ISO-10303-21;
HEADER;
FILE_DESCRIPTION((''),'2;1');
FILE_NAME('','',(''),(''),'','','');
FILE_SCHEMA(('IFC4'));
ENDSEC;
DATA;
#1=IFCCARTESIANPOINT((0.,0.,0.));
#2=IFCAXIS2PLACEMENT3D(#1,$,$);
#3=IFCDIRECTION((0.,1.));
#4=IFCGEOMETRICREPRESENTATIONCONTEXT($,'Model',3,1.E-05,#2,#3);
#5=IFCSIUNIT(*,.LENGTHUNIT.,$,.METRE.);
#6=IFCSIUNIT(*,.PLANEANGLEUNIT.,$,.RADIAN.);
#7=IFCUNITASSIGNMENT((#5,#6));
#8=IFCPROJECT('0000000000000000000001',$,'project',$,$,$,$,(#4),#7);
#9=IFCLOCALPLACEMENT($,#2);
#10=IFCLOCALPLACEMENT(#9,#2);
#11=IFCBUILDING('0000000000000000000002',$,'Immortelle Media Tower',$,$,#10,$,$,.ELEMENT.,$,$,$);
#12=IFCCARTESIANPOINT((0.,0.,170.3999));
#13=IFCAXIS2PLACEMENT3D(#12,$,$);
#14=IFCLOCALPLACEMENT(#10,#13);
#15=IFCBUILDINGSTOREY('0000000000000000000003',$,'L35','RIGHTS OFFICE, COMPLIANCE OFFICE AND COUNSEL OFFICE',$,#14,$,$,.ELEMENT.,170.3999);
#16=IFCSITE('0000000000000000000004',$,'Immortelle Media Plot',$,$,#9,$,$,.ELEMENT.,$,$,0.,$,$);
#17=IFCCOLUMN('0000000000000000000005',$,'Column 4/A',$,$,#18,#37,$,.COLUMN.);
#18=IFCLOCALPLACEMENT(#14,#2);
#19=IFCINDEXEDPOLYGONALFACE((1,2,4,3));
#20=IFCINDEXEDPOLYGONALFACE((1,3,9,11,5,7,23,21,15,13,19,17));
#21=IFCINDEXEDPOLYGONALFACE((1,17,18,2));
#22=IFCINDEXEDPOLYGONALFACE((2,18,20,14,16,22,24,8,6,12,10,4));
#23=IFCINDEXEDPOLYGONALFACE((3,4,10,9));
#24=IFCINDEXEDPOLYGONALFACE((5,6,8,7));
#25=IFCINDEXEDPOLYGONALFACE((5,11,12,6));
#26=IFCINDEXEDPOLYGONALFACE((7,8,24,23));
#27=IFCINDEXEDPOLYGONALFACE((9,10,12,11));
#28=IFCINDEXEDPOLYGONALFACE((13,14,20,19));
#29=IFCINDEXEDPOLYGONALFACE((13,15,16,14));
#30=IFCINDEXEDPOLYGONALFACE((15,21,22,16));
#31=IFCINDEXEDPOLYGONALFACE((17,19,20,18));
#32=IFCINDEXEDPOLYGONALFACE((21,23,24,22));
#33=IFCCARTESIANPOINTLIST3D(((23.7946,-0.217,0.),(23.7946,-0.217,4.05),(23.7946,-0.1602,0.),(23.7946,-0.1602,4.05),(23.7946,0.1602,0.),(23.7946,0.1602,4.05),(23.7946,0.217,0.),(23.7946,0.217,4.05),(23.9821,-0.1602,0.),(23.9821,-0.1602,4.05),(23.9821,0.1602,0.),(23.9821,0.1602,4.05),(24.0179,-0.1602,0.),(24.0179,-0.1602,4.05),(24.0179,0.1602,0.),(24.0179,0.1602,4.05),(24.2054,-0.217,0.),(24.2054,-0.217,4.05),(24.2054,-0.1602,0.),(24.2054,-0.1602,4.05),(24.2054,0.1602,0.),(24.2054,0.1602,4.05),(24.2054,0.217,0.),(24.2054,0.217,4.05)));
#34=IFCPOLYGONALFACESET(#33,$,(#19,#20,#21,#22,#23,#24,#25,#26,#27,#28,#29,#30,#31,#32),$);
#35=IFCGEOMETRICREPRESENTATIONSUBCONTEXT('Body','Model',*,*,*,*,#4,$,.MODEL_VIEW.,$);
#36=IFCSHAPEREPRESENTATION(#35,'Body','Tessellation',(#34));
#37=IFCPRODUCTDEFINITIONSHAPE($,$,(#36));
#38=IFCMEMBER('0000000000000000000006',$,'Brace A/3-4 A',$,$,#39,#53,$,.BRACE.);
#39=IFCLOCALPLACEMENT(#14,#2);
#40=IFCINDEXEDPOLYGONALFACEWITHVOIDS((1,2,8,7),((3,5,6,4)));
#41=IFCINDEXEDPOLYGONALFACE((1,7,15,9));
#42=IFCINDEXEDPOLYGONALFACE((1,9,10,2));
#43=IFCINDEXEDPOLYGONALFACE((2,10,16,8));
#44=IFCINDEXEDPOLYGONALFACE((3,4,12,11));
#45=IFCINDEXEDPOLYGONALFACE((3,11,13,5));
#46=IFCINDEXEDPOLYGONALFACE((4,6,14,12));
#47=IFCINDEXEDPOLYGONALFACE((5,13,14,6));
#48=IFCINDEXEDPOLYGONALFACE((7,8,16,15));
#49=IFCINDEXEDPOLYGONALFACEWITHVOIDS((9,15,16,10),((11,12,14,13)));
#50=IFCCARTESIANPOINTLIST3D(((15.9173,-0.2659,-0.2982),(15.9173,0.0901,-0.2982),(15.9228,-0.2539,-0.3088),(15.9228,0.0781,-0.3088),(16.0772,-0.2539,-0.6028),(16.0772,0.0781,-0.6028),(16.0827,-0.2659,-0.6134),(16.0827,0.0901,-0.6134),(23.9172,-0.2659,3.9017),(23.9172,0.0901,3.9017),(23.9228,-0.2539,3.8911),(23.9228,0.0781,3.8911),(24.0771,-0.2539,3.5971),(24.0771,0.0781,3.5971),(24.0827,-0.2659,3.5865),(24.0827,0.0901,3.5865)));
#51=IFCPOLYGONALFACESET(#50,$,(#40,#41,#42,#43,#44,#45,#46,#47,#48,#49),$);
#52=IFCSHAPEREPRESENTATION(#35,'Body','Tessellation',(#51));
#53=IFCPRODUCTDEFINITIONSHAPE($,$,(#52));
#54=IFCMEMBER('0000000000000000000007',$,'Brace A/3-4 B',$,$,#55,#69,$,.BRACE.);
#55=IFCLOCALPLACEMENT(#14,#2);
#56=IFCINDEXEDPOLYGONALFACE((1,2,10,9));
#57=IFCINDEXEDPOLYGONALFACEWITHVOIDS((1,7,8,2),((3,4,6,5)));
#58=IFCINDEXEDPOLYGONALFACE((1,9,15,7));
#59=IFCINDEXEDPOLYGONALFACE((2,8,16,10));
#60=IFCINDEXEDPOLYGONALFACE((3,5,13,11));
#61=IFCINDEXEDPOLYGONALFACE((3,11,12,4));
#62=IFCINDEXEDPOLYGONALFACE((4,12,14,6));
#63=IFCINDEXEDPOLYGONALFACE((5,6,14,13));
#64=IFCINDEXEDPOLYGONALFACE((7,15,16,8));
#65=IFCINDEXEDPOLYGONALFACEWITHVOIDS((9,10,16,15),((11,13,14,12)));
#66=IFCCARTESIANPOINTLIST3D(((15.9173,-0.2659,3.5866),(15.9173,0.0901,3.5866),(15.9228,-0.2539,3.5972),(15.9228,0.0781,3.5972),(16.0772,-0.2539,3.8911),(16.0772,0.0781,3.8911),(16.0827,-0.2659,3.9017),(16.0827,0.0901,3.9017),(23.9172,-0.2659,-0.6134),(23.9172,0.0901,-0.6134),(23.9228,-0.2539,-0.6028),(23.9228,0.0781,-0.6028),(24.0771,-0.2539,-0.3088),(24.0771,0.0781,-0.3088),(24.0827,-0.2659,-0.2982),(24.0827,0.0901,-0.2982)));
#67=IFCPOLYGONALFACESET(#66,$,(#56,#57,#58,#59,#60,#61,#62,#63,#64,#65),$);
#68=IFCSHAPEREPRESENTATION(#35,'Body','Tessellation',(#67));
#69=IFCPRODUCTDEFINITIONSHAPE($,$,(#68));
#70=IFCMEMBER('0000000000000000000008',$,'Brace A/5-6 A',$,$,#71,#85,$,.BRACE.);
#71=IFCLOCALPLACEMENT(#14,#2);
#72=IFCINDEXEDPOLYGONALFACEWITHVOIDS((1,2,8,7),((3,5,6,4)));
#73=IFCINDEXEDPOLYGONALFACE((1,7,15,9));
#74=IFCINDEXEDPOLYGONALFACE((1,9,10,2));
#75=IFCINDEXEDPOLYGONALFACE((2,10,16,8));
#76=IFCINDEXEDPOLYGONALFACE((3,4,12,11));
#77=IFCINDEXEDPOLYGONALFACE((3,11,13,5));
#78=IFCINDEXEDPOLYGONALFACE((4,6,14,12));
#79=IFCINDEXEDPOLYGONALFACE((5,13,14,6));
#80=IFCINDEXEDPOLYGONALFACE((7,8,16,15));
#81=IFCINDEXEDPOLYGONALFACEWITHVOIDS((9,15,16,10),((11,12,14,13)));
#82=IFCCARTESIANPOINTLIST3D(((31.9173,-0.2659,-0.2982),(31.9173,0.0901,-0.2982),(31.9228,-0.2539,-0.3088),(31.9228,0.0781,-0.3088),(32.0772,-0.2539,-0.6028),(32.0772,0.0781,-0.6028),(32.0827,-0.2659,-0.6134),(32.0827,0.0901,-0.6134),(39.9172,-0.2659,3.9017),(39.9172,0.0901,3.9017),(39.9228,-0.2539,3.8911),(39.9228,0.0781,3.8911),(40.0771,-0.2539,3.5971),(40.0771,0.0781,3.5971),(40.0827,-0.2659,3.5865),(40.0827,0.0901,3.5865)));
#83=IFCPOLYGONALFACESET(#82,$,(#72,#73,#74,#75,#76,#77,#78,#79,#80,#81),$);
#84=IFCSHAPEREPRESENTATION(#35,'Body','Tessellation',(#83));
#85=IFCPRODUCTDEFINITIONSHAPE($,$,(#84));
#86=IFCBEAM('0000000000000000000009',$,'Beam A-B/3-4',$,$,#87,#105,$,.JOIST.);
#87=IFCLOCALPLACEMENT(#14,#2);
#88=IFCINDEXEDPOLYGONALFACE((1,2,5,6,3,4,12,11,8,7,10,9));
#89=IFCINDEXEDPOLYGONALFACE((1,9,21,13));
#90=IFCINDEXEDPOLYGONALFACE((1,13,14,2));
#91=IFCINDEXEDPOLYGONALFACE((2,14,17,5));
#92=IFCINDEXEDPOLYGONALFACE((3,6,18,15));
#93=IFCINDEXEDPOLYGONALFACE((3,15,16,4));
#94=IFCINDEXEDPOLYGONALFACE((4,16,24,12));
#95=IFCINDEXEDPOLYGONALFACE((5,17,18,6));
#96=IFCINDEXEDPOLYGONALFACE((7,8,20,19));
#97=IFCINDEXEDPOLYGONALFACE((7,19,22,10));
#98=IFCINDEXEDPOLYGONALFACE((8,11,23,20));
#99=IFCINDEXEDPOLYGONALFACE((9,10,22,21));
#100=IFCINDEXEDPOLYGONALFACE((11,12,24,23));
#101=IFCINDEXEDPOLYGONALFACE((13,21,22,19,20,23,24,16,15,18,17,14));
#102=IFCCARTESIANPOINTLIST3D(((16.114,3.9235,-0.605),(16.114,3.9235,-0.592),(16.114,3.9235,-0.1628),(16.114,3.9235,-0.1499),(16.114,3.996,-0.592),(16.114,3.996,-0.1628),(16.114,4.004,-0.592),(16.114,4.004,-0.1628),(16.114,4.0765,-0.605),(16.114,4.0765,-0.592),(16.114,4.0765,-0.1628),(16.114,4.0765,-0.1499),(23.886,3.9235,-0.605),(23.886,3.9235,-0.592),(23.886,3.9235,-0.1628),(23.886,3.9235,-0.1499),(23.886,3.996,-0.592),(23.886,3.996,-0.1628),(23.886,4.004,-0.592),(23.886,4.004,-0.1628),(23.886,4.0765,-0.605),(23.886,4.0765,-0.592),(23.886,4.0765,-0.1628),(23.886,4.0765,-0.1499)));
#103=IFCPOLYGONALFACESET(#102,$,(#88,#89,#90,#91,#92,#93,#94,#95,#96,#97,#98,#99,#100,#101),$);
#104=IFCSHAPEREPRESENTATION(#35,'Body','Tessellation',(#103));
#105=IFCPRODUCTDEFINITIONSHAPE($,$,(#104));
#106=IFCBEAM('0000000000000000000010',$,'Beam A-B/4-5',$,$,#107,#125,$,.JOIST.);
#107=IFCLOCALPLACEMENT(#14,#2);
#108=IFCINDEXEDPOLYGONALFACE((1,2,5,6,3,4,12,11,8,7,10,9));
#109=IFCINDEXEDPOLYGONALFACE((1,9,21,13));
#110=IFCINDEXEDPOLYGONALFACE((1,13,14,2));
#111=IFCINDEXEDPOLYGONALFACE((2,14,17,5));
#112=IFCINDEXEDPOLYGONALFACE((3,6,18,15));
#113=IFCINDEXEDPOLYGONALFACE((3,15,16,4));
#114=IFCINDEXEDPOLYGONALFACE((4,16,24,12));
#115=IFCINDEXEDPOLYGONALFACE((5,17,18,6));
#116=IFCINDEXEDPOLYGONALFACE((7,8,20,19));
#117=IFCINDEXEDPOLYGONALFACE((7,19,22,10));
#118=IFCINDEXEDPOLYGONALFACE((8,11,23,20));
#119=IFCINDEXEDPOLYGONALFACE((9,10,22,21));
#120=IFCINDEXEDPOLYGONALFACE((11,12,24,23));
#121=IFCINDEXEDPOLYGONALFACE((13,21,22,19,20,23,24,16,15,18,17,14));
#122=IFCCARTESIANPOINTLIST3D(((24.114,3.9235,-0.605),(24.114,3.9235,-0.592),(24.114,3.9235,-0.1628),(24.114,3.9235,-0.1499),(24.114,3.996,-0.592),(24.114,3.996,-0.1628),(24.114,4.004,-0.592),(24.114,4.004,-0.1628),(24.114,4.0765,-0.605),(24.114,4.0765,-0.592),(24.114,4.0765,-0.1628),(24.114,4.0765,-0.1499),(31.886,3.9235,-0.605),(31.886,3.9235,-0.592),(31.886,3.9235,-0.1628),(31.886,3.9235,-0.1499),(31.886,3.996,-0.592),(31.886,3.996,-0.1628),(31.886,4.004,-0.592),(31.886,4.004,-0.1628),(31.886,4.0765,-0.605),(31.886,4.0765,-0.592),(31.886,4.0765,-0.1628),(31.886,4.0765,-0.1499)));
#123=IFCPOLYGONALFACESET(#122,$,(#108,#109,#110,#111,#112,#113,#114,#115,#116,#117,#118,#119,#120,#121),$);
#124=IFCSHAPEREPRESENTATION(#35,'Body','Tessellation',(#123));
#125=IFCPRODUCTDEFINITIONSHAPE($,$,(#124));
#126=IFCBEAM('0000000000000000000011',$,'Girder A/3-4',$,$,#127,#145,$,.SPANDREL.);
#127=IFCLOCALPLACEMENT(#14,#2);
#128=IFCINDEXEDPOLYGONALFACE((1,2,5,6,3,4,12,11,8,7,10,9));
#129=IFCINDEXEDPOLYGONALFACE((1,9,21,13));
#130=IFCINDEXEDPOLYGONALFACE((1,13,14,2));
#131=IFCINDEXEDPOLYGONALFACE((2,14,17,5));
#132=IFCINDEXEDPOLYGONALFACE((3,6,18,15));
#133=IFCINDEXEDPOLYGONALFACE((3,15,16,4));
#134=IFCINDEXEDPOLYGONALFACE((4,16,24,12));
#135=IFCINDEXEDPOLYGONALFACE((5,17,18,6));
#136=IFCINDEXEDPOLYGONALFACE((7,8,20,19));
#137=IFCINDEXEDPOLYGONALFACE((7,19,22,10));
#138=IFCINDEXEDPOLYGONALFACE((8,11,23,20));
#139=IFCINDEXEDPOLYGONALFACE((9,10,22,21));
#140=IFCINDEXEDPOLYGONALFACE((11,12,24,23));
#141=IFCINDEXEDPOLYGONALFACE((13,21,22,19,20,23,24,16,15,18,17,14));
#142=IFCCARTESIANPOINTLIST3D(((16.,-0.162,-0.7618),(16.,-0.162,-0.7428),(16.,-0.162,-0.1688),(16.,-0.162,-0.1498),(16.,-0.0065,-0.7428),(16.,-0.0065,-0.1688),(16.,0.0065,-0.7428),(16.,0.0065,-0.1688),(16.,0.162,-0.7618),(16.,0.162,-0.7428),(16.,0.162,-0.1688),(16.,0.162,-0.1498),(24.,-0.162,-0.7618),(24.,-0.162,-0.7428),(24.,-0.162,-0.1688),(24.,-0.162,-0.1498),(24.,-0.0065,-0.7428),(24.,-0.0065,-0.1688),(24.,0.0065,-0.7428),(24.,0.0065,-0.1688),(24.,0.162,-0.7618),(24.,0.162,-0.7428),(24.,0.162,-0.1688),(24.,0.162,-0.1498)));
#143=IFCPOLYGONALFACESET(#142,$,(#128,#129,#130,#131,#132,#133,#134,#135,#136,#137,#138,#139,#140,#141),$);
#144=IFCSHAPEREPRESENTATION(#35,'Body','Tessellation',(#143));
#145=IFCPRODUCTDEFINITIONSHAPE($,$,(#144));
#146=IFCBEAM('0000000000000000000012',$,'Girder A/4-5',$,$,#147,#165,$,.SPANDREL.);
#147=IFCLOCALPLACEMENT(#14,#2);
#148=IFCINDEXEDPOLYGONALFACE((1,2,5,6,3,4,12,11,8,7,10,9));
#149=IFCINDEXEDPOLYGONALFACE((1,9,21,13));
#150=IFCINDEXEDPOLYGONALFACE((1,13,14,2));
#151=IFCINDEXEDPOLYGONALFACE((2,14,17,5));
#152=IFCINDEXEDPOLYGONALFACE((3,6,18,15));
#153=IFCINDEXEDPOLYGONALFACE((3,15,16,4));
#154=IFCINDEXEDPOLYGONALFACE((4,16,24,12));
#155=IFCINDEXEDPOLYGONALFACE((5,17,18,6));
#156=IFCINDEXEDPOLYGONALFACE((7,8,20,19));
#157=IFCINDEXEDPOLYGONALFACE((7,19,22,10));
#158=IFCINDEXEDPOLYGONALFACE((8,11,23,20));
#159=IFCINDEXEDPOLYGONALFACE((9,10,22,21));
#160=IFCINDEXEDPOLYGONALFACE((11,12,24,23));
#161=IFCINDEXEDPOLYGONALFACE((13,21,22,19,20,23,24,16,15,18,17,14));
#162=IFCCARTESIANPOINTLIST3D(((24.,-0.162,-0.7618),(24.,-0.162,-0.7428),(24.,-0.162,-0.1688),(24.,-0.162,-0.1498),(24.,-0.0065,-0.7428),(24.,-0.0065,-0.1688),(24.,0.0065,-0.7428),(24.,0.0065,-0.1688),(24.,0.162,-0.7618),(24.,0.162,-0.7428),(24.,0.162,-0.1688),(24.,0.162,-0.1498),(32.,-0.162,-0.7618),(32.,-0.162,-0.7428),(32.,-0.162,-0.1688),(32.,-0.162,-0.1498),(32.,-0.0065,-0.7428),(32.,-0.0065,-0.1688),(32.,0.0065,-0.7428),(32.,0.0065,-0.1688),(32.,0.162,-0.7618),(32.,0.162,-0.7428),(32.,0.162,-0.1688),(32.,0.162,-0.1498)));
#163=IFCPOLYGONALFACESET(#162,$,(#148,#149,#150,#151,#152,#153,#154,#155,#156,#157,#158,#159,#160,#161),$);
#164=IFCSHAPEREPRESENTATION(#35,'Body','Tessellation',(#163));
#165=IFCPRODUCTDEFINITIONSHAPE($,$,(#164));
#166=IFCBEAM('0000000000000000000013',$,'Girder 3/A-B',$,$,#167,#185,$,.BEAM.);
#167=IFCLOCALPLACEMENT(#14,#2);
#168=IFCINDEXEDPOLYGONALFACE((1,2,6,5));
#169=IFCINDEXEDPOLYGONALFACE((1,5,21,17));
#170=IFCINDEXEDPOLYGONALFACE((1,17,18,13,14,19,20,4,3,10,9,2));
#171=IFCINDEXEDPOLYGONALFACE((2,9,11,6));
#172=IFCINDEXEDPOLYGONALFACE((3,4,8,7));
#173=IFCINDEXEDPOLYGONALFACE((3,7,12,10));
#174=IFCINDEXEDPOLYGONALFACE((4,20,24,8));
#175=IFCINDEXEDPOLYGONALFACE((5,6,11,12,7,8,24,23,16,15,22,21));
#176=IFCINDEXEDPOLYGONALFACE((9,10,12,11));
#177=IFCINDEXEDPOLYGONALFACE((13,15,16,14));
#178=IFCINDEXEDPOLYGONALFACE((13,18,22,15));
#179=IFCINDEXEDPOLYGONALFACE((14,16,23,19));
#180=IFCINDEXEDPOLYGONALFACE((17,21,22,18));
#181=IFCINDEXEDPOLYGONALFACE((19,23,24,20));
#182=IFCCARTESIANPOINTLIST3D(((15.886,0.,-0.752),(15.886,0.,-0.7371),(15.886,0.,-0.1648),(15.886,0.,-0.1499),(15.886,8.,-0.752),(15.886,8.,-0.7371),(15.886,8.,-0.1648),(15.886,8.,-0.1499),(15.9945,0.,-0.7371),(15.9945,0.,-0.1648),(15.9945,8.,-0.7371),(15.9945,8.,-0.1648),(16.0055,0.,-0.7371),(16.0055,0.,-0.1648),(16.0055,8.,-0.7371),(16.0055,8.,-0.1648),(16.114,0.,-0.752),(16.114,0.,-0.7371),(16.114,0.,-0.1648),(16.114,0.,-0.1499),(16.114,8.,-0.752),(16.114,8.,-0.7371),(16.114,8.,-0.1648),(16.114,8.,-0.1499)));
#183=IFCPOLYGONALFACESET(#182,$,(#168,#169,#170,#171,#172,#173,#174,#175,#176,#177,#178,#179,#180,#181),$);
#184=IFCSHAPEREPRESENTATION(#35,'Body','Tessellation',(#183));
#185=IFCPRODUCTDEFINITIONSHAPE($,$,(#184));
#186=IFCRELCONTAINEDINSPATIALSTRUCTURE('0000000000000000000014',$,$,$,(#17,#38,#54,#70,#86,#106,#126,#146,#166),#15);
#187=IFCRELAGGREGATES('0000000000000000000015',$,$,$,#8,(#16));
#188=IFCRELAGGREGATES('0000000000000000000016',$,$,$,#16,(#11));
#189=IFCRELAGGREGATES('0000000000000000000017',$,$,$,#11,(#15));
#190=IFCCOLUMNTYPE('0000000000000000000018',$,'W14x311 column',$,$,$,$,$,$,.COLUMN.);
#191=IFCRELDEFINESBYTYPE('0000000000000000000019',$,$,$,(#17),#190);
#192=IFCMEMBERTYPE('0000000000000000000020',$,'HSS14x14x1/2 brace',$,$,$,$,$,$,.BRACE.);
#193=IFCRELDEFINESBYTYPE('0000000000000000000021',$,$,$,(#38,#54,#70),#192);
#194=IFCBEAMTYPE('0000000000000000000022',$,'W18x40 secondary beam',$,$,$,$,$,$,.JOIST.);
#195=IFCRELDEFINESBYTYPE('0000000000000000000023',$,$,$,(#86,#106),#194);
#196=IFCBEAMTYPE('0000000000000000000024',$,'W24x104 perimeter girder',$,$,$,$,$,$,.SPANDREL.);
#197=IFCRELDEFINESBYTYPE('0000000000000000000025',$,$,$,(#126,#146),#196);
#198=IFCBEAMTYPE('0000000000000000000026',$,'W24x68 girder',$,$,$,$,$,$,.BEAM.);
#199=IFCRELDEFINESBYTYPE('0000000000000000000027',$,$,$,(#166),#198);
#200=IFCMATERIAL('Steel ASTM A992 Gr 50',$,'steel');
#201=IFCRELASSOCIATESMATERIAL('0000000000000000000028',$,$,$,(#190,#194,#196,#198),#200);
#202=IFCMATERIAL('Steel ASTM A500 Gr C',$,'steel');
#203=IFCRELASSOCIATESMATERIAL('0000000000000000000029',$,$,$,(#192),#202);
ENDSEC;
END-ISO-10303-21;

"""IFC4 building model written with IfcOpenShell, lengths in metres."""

from ifc_helpers import new_model, si_unit, direction, frame, origin, origin_2d, place, context, subcontext, project, spatial, hollow_rectangle, i_section, extrude, material, material_profile, profile_set, type_object, element, save


model = new_model("IFC4")

# Units and contexts
model_context = context("Model", 3, precision=1e-05, world=origin(), true_north=direction((0.0, 1.0)))
body_context = subcontext(model_context, "Body", "Model", "MODEL_VIEW")
ifc_project = project(units=[si_unit("LENGTHUNIT", "METRE"), si_unit("PLANEANGLEUNIT", "RADIAN")], contexts=[model_context])

# Site, building, storey
site_placement = place(None, origin())
site = spatial("IfcSite", under=ifc_project, at=site_placement, Name="Immortelle Media Plot", CompositionType="ELEMENT", RefElevation=0.0)
building_placement = place(site_placement, origin())
building = spatial("IfcBuilding", under=site, at=building_placement, Name="Immortelle Media Tower", CompositionType="ELEMENT")
storey_placement = place(building_placement, frame((0.0, 0.0, 170.3999)))
storey = spatial("IfcBuildingStorey", under=building, at=storey_placement, Name="L35", Description="RIGHTS OFFICE, COMPLIANCE OFFICE AND COUNSEL OFFICE", CompositionType="ELEMENT", Elevation=170.3999)

# Column
ifc_material_1 = material(Name="Steel ASTM A992 Gr 50", Category="steel")
ifc_material_profile_1 = material_profile(ifc_material_1, i_section(OverallWidth=0.4109, OverallDepth=0.4341, WebThickness=0.0359, FlangeThickness=0.0569, at=origin_2d()), Name="W14x311")
ifc_profile_set_1 = profile_set([ifc_material_profile_1], Name="Steel ASTM A992 Gr 50")
column_type = type_object("IfcColumnType", Name="W14x311 column", PredefinedType="COLUMN", material=ifc_profile_set_1)
column_placement = place(storey_placement, frame((24.0, 0.0, 0.0), z_axis=(0.0, 0.0, 1.0), x_axis=(1.0, 0.0, 0.0)))
element("IfcColumn", 1, at=column_placement, inside=storey, type_object=column_type, Name="Column 4/A", PredefinedType="COLUMN", context=body_context, shape_type="SweptSolid", body=[
    extrude(i_section(OverallWidth=0.4109, OverallDepth=0.4341, WebThickness=0.0359, FlangeThickness=0.0569, at=origin_2d()), origin(), (0.0, 0.0, 1.0), 4.05),
])

# Members
ifc_material_2 = material(Name="Steel ASTM A500 Gr C", Category="steel")
ifc_material_profile_2 = material_profile(ifc_material_2, hollow_rectangle(XDim=0.356, YDim=0.356, WallThickness=0.012, at=origin_2d()), Name="HSS14x14x1/2 brace")
ifc_profile_set_2 = profile_set([ifc_material_profile_2], Name="Steel ASTM A500 Gr C")
member_type = type_object("IfcMemberType", Name="HSS14x14x1/2 brace", PredefinedType="BRACE", material=ifc_profile_set_2)
for number, where, z_axis, x_axis, name in (
    (2, (16.0, -0.0879, -0.4558), (0.8854, 0.0, 0.46483), (0.0, 1.0, 0.0), "Brace A/3-4 A"),
    (3, (16.0, -0.0879, 3.7441), (0.8854, 0.0, -0.46483), (0.0, 1.0, 0.0), "Brace A/3-4 B"),
    (4, (32.0, -0.0879, -0.4558), (0.8854, 0.0, 0.46483), (0.0, 1.0, 0.0), "Brace A/5-6 A"),
):
    element("IfcMember", number, at=place(storey_placement, frame(where, z_axis=z_axis, x_axis=x_axis)), inside=storey, type_object=member_type, Name=name, PredefinedType="BRACE", context=body_context, shape_type="SweptSolid", body=[
        extrude(hollow_rectangle(XDim=0.356, YDim=0.356, WallThickness=0.012, at=origin_2d()), origin(), (0.0, 0.0, 1.0), 9.0354),
    ])

# Beams
ifc_material_profile_3 = material_profile(ifc_material_1, i_section(OverallWidth=0.1531, OverallDepth=0.4551, WebThickness=0.0081, FlangeThickness=0.0129, at=origin_2d()), Name="W18x40")
ifc_profile_set_3 = profile_set([ifc_material_profile_3], Name="Steel ASTM A992 Gr 50")
beam_type_1 = type_object("IfcBeamType", Name="W18x40 secondary beam", PredefinedType="JOIST", material=ifc_profile_set_3)
for number, where, z_axis, x_axis, name in (
    (5, (16.114, 4.0, -0.3774), (1.0, 0.0, 0.0), (0.0, 1.0, 0.0), "Beam A-B/3-4"),
    (6, (24.114, 4.0, -0.3774), (1.0, 0.0, 0.0), (0.0, 1.0, 0.0), "Beam A-B/4-5"),
):
    element("IfcBeam", number, at=place(storey_placement, frame(where, z_axis=z_axis, x_axis=x_axis)), inside=storey, type_object=beam_type_1, Name=name, PredefinedType="JOIST", context=body_context, shape_type="SweptSolid", body=[
        extrude(i_section(OverallWidth=0.1531, OverallDepth=0.4551, WebThickness=0.0081, FlangeThickness=0.0129, at=origin_2d()), origin(), (0.0, 0.0, 1.0), 7.772),
    ])
ifc_material_profile_4 = material_profile(ifc_material_1, i_section(OverallWidth=0.324, OverallDepth=0.6121, WebThickness=0.0129, FlangeThickness=0.019, at=origin_2d()), Name="W24x104")
ifc_profile_set_4 = profile_set([ifc_material_profile_4], Name="Steel ASTM A992 Gr 50")
beam_type_2 = type_object("IfcBeamType", Name="W24x104 perimeter girder", PredefinedType="SPANDREL", material=ifc_profile_set_4)
for number, where, z_axis, x_axis, name in (
    (7, (16.0, 0.0, -0.4558), (1.0, 0.0, 0.0), (0.0, 1.0, 0.0), "Girder A/3-4"),
    (8, (24.0, 0.0, -0.4558), (1.0, 0.0, 0.0), (0.0, 1.0, 0.0), "Girder A/4-5"),
):
    element("IfcBeam", number, at=place(storey_placement, frame(where, z_axis=z_axis, x_axis=x_axis)), inside=storey, type_object=beam_type_2, Name=name, PredefinedType="SPANDREL", context=body_context, shape_type="SweptSolid", body=[
        extrude(i_section(OverallWidth=0.324, OverallDepth=0.6121, WebThickness=0.0129, FlangeThickness=0.019, at=origin_2d()), origin(), (0.0, 0.0, 1.0), 8.0),
    ])
ifc_material_profile_5 = material_profile(ifc_material_1, i_section(OverallWidth=0.228, OverallDepth=0.6021, WebThickness=0.011, FlangeThickness=0.0149, at=origin_2d()), Name="W24x68")
ifc_profile_set_5 = profile_set([ifc_material_profile_5], Name="Steel ASTM A992 Gr 50")
beam_type_3 = type_object("IfcBeamType", Name="W24x68 girder", PredefinedType="BEAM", material=ifc_profile_set_5)
for number, where, z_axis, x_axis, name in (
    (9, (16.0, 0.0, -0.4509), (0.0, 1.0, 0.0), (-1.0, 0.0, 0.0), "Girder 3/A-B"),
):
    element("IfcBeam", number, at=place(storey_placement, frame(where, z_axis=z_axis, x_axis=x_axis)), inside=storey, type_object=beam_type_3, Name=name, PredefinedType="BEAM", context=body_context, shape_type="SweptSolid", body=[
        extrude(i_section(OverallWidth=0.228, OverallDepth=0.6021, WebThickness=0.011, FlangeThickness=0.0149, at=origin_2d()), origin(), (0.0, 0.0, 1.0), 8.0),
    ])

save(model, "model.ifc")
